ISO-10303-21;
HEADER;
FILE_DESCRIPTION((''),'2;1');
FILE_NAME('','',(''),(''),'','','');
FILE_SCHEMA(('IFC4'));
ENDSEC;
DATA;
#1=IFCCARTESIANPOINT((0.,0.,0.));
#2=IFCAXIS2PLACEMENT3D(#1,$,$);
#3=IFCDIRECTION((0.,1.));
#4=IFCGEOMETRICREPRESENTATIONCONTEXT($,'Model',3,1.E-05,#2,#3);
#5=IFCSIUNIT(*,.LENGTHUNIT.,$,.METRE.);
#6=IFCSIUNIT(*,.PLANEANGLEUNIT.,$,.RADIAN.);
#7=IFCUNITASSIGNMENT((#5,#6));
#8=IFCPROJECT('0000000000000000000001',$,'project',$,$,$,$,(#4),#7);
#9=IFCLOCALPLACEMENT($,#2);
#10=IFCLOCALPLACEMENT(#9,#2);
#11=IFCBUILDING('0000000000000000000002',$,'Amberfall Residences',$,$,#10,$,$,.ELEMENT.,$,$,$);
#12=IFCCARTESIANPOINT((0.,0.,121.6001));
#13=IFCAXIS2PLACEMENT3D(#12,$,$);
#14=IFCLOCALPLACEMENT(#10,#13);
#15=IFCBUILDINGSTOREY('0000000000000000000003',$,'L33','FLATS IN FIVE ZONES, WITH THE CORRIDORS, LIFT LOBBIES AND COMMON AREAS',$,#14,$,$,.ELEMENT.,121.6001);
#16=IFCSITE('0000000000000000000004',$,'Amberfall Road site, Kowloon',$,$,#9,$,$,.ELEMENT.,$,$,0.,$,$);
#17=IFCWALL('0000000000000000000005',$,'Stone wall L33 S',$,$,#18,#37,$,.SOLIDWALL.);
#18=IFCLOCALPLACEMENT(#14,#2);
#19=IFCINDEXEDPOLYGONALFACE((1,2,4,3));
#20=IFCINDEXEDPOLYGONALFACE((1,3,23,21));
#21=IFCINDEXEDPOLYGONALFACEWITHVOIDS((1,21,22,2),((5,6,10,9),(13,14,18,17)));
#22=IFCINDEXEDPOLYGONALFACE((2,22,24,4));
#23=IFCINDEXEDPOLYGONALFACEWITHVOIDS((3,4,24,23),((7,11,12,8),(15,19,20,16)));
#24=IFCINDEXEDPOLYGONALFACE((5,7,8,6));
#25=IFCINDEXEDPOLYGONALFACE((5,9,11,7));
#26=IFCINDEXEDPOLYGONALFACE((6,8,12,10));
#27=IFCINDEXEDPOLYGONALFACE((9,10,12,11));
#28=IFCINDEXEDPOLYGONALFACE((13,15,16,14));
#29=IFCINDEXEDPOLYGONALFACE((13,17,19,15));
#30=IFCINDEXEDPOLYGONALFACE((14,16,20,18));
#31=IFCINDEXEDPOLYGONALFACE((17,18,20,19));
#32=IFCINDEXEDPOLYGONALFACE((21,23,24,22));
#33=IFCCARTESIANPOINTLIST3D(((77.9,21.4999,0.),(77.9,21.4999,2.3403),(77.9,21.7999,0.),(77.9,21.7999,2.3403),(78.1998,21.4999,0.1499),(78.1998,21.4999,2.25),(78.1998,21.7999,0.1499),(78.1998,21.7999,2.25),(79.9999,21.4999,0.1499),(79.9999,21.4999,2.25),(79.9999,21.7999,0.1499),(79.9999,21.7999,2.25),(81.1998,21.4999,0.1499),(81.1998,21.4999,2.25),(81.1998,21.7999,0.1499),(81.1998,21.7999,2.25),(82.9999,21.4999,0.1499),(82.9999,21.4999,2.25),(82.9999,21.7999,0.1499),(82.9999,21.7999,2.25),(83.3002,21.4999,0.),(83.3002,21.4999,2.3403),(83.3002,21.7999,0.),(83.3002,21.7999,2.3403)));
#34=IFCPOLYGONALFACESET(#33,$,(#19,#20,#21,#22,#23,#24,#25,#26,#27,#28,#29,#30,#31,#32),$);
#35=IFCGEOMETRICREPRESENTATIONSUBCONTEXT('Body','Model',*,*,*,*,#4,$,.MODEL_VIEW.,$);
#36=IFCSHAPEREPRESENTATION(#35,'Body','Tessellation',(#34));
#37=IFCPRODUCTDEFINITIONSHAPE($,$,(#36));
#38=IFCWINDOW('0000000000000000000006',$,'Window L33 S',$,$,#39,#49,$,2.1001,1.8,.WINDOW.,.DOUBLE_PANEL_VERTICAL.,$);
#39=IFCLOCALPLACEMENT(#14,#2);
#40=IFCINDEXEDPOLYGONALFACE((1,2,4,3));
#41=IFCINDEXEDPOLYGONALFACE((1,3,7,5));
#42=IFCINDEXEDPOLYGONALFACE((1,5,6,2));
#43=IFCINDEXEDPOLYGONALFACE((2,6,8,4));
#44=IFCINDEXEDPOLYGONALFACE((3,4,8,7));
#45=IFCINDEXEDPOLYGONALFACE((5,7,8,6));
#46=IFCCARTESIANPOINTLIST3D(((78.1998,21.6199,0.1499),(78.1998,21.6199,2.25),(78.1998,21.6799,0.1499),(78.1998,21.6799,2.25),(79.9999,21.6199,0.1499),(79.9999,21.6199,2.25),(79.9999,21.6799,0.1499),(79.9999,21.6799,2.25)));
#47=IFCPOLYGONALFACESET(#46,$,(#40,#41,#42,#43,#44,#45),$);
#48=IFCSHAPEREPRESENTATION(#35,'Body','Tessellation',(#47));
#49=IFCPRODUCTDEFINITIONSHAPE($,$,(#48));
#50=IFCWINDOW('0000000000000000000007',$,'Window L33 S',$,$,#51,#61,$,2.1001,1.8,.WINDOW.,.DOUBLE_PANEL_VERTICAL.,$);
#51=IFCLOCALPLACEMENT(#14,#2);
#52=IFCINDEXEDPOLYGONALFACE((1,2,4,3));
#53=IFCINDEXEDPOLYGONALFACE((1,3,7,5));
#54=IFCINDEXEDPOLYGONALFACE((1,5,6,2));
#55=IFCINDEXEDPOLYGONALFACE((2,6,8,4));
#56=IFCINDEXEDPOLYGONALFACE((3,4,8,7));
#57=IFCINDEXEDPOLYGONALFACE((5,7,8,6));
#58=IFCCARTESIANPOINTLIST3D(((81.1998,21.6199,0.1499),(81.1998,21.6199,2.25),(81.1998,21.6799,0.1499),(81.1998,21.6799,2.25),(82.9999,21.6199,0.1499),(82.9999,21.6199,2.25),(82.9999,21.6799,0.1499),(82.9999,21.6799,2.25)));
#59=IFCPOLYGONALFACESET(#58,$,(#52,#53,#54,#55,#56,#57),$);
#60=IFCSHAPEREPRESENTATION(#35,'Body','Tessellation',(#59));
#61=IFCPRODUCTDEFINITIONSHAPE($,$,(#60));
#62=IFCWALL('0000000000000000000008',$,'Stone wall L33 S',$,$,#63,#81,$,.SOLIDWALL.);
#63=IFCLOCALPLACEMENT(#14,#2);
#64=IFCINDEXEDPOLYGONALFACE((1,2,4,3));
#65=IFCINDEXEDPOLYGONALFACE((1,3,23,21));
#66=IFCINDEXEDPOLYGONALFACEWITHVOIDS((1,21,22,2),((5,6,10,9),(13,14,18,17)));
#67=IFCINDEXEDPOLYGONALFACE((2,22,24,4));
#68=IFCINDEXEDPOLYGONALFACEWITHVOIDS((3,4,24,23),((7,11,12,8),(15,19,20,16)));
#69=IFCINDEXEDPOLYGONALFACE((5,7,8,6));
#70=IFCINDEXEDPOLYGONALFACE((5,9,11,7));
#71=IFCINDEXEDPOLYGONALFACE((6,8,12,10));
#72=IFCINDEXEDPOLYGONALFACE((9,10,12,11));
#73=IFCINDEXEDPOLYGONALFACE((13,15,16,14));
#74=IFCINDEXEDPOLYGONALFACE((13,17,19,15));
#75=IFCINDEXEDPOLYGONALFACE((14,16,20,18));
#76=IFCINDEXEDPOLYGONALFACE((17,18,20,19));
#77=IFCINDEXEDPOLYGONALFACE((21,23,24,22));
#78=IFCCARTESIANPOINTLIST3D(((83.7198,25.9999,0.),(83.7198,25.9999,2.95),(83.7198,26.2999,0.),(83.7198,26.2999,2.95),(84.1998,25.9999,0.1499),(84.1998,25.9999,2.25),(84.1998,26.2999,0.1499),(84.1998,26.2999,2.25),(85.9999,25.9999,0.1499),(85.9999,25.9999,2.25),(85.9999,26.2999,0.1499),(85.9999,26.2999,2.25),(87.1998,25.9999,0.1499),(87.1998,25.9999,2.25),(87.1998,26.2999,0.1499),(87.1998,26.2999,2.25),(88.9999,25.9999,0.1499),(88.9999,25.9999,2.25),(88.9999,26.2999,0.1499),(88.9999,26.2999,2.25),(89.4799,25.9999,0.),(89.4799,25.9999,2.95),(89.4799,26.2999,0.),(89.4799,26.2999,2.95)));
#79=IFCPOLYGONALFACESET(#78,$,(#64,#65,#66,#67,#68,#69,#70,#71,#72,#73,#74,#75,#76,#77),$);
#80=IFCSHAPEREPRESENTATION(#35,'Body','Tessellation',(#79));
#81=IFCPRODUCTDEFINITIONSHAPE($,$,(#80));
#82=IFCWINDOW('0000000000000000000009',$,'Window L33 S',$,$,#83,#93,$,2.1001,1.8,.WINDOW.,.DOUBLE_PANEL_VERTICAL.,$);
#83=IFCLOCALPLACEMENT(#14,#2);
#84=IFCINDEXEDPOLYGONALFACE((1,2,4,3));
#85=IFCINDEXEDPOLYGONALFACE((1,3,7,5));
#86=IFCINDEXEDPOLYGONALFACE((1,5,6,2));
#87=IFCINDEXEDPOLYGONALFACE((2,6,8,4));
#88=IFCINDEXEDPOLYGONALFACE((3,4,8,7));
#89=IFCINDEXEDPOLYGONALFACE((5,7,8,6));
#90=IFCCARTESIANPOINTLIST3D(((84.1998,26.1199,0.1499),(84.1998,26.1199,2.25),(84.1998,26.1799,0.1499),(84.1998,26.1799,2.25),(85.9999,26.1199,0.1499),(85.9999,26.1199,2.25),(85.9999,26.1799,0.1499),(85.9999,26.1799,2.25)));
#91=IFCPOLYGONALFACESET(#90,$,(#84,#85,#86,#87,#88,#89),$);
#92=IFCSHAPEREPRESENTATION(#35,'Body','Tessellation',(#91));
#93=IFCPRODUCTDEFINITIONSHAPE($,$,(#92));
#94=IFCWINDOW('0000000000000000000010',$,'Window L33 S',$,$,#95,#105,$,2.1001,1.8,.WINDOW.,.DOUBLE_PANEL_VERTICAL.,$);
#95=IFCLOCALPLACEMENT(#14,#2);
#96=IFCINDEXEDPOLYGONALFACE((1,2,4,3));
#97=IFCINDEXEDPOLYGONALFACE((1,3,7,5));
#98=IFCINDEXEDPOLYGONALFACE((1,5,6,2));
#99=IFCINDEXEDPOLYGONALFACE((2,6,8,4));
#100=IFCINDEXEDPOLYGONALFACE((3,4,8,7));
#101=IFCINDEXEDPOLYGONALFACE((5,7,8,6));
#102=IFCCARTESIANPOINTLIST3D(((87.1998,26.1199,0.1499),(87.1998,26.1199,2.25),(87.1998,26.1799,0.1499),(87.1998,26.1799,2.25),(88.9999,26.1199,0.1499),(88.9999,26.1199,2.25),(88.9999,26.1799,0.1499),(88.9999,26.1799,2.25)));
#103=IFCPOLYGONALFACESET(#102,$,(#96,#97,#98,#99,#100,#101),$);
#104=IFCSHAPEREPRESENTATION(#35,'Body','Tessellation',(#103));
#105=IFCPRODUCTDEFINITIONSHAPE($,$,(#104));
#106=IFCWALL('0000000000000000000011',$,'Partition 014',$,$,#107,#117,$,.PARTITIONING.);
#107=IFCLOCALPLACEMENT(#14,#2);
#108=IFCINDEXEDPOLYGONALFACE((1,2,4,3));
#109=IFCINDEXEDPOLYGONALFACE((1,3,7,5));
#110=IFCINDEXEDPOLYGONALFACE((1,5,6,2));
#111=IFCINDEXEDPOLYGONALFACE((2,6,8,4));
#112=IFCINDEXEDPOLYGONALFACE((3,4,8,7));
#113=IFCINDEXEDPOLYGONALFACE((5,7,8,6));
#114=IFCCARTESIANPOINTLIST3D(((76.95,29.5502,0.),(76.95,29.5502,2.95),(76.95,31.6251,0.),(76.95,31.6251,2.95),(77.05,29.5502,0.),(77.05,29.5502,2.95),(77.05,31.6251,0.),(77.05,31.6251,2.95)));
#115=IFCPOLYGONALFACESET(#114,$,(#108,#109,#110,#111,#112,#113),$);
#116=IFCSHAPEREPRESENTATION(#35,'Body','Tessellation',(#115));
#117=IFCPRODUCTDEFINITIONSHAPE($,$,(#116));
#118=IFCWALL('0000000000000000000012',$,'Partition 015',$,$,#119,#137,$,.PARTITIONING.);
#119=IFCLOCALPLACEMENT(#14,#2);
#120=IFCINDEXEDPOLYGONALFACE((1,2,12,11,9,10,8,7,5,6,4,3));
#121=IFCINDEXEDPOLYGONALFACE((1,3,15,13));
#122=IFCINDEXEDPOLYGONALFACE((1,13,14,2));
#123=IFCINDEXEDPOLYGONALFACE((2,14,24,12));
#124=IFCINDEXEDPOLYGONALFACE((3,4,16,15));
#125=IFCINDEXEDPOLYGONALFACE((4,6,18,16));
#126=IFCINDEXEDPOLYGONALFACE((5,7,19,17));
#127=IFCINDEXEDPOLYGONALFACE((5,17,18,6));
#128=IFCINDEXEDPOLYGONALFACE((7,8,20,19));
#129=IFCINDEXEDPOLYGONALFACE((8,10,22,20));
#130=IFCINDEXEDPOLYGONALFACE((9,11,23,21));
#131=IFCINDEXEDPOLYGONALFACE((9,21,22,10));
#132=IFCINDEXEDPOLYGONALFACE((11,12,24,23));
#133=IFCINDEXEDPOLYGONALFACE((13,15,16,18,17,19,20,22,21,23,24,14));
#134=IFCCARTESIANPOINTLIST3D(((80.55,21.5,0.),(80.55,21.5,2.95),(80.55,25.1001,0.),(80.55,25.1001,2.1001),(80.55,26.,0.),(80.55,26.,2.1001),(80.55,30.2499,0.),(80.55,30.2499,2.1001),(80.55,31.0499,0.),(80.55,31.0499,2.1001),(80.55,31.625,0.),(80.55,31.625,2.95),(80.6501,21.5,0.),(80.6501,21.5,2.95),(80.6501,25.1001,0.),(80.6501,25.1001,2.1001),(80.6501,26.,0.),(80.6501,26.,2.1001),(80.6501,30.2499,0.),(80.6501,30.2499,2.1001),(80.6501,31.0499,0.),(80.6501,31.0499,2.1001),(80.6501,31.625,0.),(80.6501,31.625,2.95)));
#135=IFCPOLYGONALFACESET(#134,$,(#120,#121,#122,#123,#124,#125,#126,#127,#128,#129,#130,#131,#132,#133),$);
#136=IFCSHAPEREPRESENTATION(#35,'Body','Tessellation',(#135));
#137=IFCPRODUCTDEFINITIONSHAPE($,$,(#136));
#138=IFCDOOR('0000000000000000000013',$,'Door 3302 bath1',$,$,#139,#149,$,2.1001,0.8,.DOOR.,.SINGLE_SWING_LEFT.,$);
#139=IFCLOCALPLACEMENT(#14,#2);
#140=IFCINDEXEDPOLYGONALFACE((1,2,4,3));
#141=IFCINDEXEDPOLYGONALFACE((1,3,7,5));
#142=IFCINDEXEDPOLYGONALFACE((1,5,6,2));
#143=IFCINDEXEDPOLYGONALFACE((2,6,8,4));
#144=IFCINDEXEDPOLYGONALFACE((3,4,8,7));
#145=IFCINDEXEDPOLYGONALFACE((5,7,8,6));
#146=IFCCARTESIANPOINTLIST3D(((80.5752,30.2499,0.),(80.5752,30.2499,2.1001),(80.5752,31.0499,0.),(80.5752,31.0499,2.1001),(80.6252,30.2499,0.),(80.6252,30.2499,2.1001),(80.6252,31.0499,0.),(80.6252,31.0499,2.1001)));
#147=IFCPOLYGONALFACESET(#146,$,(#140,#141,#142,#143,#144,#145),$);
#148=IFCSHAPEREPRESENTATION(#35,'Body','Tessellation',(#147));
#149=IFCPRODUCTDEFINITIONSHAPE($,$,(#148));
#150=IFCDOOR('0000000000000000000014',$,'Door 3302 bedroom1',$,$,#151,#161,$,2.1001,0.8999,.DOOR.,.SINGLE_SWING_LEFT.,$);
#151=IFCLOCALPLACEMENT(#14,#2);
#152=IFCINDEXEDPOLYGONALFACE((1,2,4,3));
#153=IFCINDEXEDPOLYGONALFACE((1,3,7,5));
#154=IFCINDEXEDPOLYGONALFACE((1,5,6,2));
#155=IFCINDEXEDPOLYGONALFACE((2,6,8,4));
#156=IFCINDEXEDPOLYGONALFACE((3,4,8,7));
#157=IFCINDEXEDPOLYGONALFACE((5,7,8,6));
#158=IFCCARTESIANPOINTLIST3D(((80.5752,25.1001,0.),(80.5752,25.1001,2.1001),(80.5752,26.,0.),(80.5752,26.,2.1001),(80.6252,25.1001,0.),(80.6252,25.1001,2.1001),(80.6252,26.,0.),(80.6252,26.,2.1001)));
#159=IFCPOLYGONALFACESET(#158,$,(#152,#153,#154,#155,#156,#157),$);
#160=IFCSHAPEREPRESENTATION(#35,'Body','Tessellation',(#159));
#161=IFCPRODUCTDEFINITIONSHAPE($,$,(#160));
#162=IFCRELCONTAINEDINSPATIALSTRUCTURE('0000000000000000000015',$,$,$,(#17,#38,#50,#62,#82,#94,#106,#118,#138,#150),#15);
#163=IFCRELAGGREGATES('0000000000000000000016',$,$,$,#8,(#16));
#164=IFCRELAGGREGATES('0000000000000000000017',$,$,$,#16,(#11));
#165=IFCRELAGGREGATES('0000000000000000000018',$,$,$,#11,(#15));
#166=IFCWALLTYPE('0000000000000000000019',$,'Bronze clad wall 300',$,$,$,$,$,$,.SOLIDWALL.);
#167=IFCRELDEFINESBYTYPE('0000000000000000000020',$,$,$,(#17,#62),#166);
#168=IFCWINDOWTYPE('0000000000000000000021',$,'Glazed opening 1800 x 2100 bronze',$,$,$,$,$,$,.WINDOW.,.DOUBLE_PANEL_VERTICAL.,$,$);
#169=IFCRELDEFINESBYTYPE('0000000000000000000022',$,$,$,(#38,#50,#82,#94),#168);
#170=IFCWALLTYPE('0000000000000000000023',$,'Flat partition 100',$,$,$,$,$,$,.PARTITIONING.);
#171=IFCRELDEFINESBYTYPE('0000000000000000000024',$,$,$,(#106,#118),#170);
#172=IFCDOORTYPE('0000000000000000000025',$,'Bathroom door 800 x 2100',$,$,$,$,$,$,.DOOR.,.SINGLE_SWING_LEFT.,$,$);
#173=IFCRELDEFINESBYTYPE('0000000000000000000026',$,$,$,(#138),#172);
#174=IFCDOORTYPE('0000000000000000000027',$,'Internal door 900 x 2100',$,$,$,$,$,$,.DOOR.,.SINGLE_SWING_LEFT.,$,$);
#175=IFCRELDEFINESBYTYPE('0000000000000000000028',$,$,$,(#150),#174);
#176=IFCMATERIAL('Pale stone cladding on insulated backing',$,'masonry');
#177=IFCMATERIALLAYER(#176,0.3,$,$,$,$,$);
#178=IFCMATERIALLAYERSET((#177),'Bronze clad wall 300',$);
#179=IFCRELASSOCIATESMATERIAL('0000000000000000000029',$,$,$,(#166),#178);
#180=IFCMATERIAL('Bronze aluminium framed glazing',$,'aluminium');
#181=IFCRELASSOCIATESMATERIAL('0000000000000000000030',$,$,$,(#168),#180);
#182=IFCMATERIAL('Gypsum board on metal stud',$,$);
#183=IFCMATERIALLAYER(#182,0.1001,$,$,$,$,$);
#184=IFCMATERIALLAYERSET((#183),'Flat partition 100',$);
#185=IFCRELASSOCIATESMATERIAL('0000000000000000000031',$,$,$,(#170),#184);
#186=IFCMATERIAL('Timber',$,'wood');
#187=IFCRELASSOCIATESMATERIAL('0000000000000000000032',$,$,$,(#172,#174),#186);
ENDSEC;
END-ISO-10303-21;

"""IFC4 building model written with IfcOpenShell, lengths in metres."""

from ifc_helpers import new_model, si_unit, direction, frame, frame_2d, origin, place, context, subcontext, project, spatial, rectangle, extrude, material, layer, layer_set, type_object, element, fill, save


model = new_model("IFC4")

# Units and contexts
model_context = context("Model", 3, precision=1e-05, world=origin(), true_north=direction((0.0, 1.0)))
body_context = subcontext(model_context, "Body", "Model", "MODEL_VIEW")
ifc_project = project(units=[si_unit("LENGTHUNIT", "METRE"), si_unit("PLANEANGLEUNIT", "RADIAN")], contexts=[model_context])

# Site, building, storey
site_placement = place(None, origin())
site = spatial("IfcSite", under=ifc_project, at=site_placement, Name="Amberfall Road site, Kowloon", CompositionType="ELEMENT", RefElevation=0.0)
building_placement = place(site_placement, origin())
building = spatial("IfcBuilding", under=site, at=building_placement, Name="Amberfall Residences", CompositionType="ELEMENT")
storey_placement = place(building_placement, frame((0.0, 0.0, 121.6001)))
storey = spatial("IfcBuildingStorey", under=building, at=storey_placement, Name="L33", Description="FLATS IN FIVE ZONES, WITH THE CORRIDORS, LIFT LOBBIES AND COMMON AREAS", CompositionType="ELEMENT", Elevation=121.6001)

# Shared definitions
ifc_material_1 = material(Name="Pale stone cladding on insulated backing", Category="masonry")
ifc_layer_1 = layer(ifc_material_1, 0.3)
ifc_layer_set_1 = layer_set([ifc_layer_1], Name="Bronze clad wall 300")
wall_type_1 = type_object("IfcWallType", Name="Bronze clad wall 300", PredefinedType="SOLIDWALL", material=ifc_layer_set_1)

# Shared definitions
ifc_material_2 = material(Name="Bronze aluminium framed glazing", Category="aluminium")

# Walls, openings, windows
wall_1_placement = place(storey_placement, frame((77.8999, 21.6499, 0.0), z_axis=(0.0, 0.0, 1.0), x_axis=(1.0, 0.0, 0.0)))
wall_1 = element("IfcWall", 1, at=wall_1_placement, inside=storey, type_object=wall_type_1, Name="Stone wall L33 S", PredefinedType="SOLIDWALL", context=body_context, shape_type="SweptSolid", body=[
    extrude(rectangle(XDim=5.4001, YDim=0.3, at=frame_2d((2.7002, 0.0))), origin(), (0.0, 0.0, 1.0), 2.3403),
])
opening_1_placement = place(wall_1_placement, frame((0.3, 0.0, 0.1499)))
opening_1 = element("IfcOpeningElement", 2, at=opening_1_placement, cuts=wall_1, PredefinedType="OPENING", context=body_context, shape_type="SweptSolid", body=[
    extrude(rectangle(XDim=1.8, YDim=2.1001, at=frame_2d((0.8999, 1.05))), frame((0.0, 0.1599, 0.0), z_axis=(0.0, -1.0, 0.0), x_axis=(1.0, 0.0, 0.0)), (0.0, 0.0, 1.0), 0.3201),
])
opening_2_placement = place(wall_1_placement, frame((3.3, 0.0, 0.1499)))
opening_2 = element("IfcOpeningElement", 3, at=opening_2_placement, cuts=wall_1, PredefinedType="OPENING", context=body_context, shape_type="SweptSolid", body=[
    extrude(rectangle(XDim=1.8, YDim=2.1001, at=frame_2d((0.8999, 1.05))), frame((0.0, 0.1599, 0.0), z_axis=(0.0, -1.0, 0.0), x_axis=(1.0, 0.0, 0.0)), (0.0, 0.0, 1.0), 0.3201),
])
window_type_1 = type_object("IfcWindowType", Name="Glazed opening 1800 x 2100 bronze", PartitioningType="DOUBLE_PANEL_VERTICAL", PredefinedType="WINDOW", material=ifc_material_2)
window_1_placement = place(opening_1_placement, origin())
window_1 = element("IfcWindow", 4, at=window_1_placement, inside=storey, type_object=window_type_1, Name="Window L33 S", OverallHeight=2.1001, OverallWidth=1.8, PartitioningType="DOUBLE_PANEL_VERTICAL", PredefinedType="WINDOW", context=body_context, shape_type="SweptSolid", body=[
    extrude(rectangle(XDim=1.8, YDim=2.1001, at=frame_2d((0.8999, 1.05))), frame((0.0, 0.03, 0.0), z_axis=(0.0, -1.0, 0.0), x_axis=(1.0, 0.0, 0.0)), (0.0, 0.0, 1.0), 0.0601),
])
fill(opening_1, window_1)
window_2_placement = place(opening_2_placement, origin())
window_2 = element("IfcWindow", 5, at=window_2_placement, inside=storey, type_object=window_type_1, Name="Window L33 S", OverallHeight=2.1001, OverallWidth=1.8, PartitioningType="DOUBLE_PANEL_VERTICAL", PredefinedType="WINDOW", context=body_context, shape_type="SweptSolid", body=[
    extrude(rectangle(XDim=1.8, YDim=2.1001, at=frame_2d((0.8999, 1.05))), frame((0.0, 0.03, 0.0), z_axis=(0.0, -1.0, 0.0), x_axis=(1.0, 0.0, 0.0)), (0.0, 0.0, 1.0), 0.0601),
])
fill(opening_2, window_2)
wall_2_placement = place(storey_placement, frame((83.72, 26.1499, 0.0), z_axis=(0.0, 0.0, 1.0), x_axis=(1.0, 0.0, 0.0)))
wall_2 = element("IfcWall", 6, at=wall_2_placement, inside=storey, type_object=wall_type_1, Name="Stone wall L33 S", PredefinedType="SOLIDWALL", context=body_context, shape_type="SweptSolid", body=[
    extrude(rectangle(XDim=5.76, YDim=0.3, at=frame_2d((2.8799, 0.0))), origin(), (0.0, 0.0, 1.0), 2.95),
])
opening_3_placement = place(wall_2_placement, frame((0.48, 0.0, 0.1499)))
opening_3 = element("IfcOpeningElement", 7, at=opening_3_placement, cuts=wall_2, PredefinedType="OPENING", context=body_context, shape_type="SweptSolid", body=[
    extrude(rectangle(XDim=1.8, YDim=2.1001, at=frame_2d((0.8999, 1.05))), frame((0.0, 0.1599, 0.0), z_axis=(0.0, -1.0, 0.0), x_axis=(1.0, 0.0, 0.0)), (0.0, 0.0, 1.0), 0.3201),
])
opening_4_placement = place(wall_2_placement, frame((3.48, 0.0, 0.1499)))
opening_4 = element("IfcOpeningElement", 8, at=opening_4_placement, cuts=wall_2, PredefinedType="OPENING", context=body_context, shape_type="SweptSolid", body=[
    extrude(rectangle(XDim=1.8, YDim=2.1001, at=frame_2d((0.8999, 1.05))), frame((0.0, 0.1599, 0.0), z_axis=(0.0, -1.0, 0.0), x_axis=(1.0, 0.0, 0.0)), (0.0, 0.0, 1.0), 0.3201),
])
window_3_placement = place(opening_3_placement, origin())
window_3 = element("IfcWindow", 9, at=window_3_placement, inside=storey, type_object=window_type_1, Name="Window L33 S", OverallHeight=2.1001, OverallWidth=1.8, PartitioningType="DOUBLE_PANEL_VERTICAL", PredefinedType="WINDOW", context=body_context, shape_type="SweptSolid", body=[
    extrude(rectangle(XDim=1.8, YDim=2.1001, at=frame_2d((0.8999, 1.05))), frame((0.0, 0.03, 0.0), z_axis=(0.0, -1.0, 0.0), x_axis=(1.0, 0.0, 0.0)), (0.0, 0.0, 1.0), 0.0601),
])
fill(opening_3, window_3)
window_4_placement = place(opening_4_placement, origin())
window_4 = element("IfcWindow", 10, at=window_4_placement, inside=storey, type_object=window_type_1, Name="Window L33 S", OverallHeight=2.1001, OverallWidth=1.8, PartitioningType="DOUBLE_PANEL_VERTICAL", PredefinedType="WINDOW", context=body_context, shape_type="SweptSolid", body=[
    extrude(rectangle(XDim=1.8, YDim=2.1001, at=frame_2d((0.8999, 1.05))), frame((0.0, 0.03, 0.0), z_axis=(0.0, -1.0, 0.0), x_axis=(1.0, 0.0, 0.0)), (0.0, 0.0, 1.0), 0.0601),
])
fill(opening_4, window_4)

# Wall
ifc_material_3 = material(Name="Gypsum board on metal stud")
ifc_layer_2 = layer(ifc_material_3, 0.1001)
ifc_layer_set_2 = layer_set([ifc_layer_2], Name="Flat partition 100")
wall_type_2 = type_object("IfcWallType", Name="Flat partition 100", PredefinedType="PARTITIONING", material=ifc_layer_set_2)
wall_3_placement = place(storey_placement, frame((77.0, 29.55, 0.0), z_axis=(0.0, 0.0, 1.0), x_axis=(0.0, 1.0, 0.0)))
element("IfcWall", 11, at=wall_3_placement, inside=storey, type_object=wall_type_2, Name="Partition 014", PredefinedType="PARTITIONING", context=body_context, shape_type="SweptSolid", body=[
    extrude(rectangle(XDim=2.075, YDim=0.1001, at=frame_2d((1.0376, 0.0))), origin(), (0.0, 0.0, 1.0), 2.95),
])

# Wall, openings, doors
wall_4_placement = place(storey_placement, frame((80.6001, 21.5, 0.0), z_axis=(0.0, 0.0, 1.0), x_axis=(0.0, 1.0, 0.0)))
wall_4 = element("IfcWall", 12, at=wall_4_placement, inside=storey, type_object=wall_type_2, Name="Partition 015", PredefinedType="PARTITIONING", context=body_context, shape_type="SweptSolid", body=[
    extrude(rectangle(XDim=10.125, YDim=0.1001, at=frame_2d((5.0625, 0.0))), origin(), (0.0, 0.0, 1.0), 2.95),
])
opening_5_placement = place(wall_4_placement, frame((3.6001, 0.0, 0.0)))
opening_5 = element("IfcOpeningElement", 13, at=opening_5_placement, cuts=wall_4, PredefinedType="OPENING", context=body_context, shape_type="SweptSolid", body=[
    extrude(rectangle(XDim=0.8999, YDim=2.1001, at=frame_2d((0.45, 1.05))), frame((0.0, 0.0601, 0.0), z_axis=(0.0, -1.0, 0.0), x_axis=(1.0, 0.0, 0.0)), (0.0, 0.0, 1.0), 0.1201),
])
opening_6_placement = place(wall_4_placement, frame((8.75, 0.0, 0.0)))
opening_6 = element("IfcOpeningElement", 14, at=opening_6_placement, cuts=wall_4, PredefinedType="OPENING", context=body_context, shape_type="SweptSolid", body=[
    extrude(rectangle(XDim=0.8, YDim=2.1001, at=frame_2d((0.3999, 1.05))), frame((0.0, 0.0601, 0.0), z_axis=(0.0, -1.0, 0.0), x_axis=(1.0, 0.0, 0.0)), (0.0, 0.0, 1.0), 0.1201),
])
ifc_material_4 = material(Name="Timber", Category="wood")
door_type_1 = type_object("IfcDoorType", Name="Bathroom door 800 x 2100", OperationType="SINGLE_SWING_LEFT", PredefinedType="DOOR", material=ifc_material_4)
door_1_placement = place(opening_6_placement, origin())
door_1 = element("IfcDoor", 15, at=door_1_placement, inside=storey, type_object=door_type_1, Name="Door 3302 bath1", OperationType="SINGLE_SWING_LEFT", OverallHeight=2.1001, OverallWidth=0.8, PredefinedType="DOOR", context=body_context, shape_type="SweptSolid", body=[
    extrude(rectangle(XDim=0.8, YDim=2.1001, at=frame_2d((0.3999, 1.05))), frame((0.0, 0.0249, 0.0), z_axis=(0.0, -1.0, 0.0), x_axis=(1.0, 0.0, 0.0)), (0.0, 0.0, 1.0), 0.05),
])
fill(opening_6, door_1)
door_type_2 = type_object("IfcDoorType", Name="Internal door 900 x 2100", OperationType="SINGLE_SWING_LEFT", PredefinedType="DOOR", material=ifc_material_4)
door_2_placement = place(opening_5_placement, origin())
door_2 = element("IfcDoor", 16, at=door_2_placement, inside=storey, type_object=door_type_2, Name="Door 3302 bedroom1", OperationType="SINGLE_SWING_LEFT", OverallHeight=2.1001, OverallWidth=0.8999, PredefinedType="DOOR", context=body_context, shape_type="SweptSolid", body=[
    extrude(rectangle(XDim=0.8999, YDim=2.1001, at=frame_2d((0.45, 1.05))), frame((0.0, 0.0249, 0.0), z_axis=(0.0, -1.0, 0.0), x_axis=(1.0, 0.0, 0.0)), (0.0, 0.0, 1.0), 0.05),
])
fill(opening_5, door_2)

save(model, "model.ifc")
